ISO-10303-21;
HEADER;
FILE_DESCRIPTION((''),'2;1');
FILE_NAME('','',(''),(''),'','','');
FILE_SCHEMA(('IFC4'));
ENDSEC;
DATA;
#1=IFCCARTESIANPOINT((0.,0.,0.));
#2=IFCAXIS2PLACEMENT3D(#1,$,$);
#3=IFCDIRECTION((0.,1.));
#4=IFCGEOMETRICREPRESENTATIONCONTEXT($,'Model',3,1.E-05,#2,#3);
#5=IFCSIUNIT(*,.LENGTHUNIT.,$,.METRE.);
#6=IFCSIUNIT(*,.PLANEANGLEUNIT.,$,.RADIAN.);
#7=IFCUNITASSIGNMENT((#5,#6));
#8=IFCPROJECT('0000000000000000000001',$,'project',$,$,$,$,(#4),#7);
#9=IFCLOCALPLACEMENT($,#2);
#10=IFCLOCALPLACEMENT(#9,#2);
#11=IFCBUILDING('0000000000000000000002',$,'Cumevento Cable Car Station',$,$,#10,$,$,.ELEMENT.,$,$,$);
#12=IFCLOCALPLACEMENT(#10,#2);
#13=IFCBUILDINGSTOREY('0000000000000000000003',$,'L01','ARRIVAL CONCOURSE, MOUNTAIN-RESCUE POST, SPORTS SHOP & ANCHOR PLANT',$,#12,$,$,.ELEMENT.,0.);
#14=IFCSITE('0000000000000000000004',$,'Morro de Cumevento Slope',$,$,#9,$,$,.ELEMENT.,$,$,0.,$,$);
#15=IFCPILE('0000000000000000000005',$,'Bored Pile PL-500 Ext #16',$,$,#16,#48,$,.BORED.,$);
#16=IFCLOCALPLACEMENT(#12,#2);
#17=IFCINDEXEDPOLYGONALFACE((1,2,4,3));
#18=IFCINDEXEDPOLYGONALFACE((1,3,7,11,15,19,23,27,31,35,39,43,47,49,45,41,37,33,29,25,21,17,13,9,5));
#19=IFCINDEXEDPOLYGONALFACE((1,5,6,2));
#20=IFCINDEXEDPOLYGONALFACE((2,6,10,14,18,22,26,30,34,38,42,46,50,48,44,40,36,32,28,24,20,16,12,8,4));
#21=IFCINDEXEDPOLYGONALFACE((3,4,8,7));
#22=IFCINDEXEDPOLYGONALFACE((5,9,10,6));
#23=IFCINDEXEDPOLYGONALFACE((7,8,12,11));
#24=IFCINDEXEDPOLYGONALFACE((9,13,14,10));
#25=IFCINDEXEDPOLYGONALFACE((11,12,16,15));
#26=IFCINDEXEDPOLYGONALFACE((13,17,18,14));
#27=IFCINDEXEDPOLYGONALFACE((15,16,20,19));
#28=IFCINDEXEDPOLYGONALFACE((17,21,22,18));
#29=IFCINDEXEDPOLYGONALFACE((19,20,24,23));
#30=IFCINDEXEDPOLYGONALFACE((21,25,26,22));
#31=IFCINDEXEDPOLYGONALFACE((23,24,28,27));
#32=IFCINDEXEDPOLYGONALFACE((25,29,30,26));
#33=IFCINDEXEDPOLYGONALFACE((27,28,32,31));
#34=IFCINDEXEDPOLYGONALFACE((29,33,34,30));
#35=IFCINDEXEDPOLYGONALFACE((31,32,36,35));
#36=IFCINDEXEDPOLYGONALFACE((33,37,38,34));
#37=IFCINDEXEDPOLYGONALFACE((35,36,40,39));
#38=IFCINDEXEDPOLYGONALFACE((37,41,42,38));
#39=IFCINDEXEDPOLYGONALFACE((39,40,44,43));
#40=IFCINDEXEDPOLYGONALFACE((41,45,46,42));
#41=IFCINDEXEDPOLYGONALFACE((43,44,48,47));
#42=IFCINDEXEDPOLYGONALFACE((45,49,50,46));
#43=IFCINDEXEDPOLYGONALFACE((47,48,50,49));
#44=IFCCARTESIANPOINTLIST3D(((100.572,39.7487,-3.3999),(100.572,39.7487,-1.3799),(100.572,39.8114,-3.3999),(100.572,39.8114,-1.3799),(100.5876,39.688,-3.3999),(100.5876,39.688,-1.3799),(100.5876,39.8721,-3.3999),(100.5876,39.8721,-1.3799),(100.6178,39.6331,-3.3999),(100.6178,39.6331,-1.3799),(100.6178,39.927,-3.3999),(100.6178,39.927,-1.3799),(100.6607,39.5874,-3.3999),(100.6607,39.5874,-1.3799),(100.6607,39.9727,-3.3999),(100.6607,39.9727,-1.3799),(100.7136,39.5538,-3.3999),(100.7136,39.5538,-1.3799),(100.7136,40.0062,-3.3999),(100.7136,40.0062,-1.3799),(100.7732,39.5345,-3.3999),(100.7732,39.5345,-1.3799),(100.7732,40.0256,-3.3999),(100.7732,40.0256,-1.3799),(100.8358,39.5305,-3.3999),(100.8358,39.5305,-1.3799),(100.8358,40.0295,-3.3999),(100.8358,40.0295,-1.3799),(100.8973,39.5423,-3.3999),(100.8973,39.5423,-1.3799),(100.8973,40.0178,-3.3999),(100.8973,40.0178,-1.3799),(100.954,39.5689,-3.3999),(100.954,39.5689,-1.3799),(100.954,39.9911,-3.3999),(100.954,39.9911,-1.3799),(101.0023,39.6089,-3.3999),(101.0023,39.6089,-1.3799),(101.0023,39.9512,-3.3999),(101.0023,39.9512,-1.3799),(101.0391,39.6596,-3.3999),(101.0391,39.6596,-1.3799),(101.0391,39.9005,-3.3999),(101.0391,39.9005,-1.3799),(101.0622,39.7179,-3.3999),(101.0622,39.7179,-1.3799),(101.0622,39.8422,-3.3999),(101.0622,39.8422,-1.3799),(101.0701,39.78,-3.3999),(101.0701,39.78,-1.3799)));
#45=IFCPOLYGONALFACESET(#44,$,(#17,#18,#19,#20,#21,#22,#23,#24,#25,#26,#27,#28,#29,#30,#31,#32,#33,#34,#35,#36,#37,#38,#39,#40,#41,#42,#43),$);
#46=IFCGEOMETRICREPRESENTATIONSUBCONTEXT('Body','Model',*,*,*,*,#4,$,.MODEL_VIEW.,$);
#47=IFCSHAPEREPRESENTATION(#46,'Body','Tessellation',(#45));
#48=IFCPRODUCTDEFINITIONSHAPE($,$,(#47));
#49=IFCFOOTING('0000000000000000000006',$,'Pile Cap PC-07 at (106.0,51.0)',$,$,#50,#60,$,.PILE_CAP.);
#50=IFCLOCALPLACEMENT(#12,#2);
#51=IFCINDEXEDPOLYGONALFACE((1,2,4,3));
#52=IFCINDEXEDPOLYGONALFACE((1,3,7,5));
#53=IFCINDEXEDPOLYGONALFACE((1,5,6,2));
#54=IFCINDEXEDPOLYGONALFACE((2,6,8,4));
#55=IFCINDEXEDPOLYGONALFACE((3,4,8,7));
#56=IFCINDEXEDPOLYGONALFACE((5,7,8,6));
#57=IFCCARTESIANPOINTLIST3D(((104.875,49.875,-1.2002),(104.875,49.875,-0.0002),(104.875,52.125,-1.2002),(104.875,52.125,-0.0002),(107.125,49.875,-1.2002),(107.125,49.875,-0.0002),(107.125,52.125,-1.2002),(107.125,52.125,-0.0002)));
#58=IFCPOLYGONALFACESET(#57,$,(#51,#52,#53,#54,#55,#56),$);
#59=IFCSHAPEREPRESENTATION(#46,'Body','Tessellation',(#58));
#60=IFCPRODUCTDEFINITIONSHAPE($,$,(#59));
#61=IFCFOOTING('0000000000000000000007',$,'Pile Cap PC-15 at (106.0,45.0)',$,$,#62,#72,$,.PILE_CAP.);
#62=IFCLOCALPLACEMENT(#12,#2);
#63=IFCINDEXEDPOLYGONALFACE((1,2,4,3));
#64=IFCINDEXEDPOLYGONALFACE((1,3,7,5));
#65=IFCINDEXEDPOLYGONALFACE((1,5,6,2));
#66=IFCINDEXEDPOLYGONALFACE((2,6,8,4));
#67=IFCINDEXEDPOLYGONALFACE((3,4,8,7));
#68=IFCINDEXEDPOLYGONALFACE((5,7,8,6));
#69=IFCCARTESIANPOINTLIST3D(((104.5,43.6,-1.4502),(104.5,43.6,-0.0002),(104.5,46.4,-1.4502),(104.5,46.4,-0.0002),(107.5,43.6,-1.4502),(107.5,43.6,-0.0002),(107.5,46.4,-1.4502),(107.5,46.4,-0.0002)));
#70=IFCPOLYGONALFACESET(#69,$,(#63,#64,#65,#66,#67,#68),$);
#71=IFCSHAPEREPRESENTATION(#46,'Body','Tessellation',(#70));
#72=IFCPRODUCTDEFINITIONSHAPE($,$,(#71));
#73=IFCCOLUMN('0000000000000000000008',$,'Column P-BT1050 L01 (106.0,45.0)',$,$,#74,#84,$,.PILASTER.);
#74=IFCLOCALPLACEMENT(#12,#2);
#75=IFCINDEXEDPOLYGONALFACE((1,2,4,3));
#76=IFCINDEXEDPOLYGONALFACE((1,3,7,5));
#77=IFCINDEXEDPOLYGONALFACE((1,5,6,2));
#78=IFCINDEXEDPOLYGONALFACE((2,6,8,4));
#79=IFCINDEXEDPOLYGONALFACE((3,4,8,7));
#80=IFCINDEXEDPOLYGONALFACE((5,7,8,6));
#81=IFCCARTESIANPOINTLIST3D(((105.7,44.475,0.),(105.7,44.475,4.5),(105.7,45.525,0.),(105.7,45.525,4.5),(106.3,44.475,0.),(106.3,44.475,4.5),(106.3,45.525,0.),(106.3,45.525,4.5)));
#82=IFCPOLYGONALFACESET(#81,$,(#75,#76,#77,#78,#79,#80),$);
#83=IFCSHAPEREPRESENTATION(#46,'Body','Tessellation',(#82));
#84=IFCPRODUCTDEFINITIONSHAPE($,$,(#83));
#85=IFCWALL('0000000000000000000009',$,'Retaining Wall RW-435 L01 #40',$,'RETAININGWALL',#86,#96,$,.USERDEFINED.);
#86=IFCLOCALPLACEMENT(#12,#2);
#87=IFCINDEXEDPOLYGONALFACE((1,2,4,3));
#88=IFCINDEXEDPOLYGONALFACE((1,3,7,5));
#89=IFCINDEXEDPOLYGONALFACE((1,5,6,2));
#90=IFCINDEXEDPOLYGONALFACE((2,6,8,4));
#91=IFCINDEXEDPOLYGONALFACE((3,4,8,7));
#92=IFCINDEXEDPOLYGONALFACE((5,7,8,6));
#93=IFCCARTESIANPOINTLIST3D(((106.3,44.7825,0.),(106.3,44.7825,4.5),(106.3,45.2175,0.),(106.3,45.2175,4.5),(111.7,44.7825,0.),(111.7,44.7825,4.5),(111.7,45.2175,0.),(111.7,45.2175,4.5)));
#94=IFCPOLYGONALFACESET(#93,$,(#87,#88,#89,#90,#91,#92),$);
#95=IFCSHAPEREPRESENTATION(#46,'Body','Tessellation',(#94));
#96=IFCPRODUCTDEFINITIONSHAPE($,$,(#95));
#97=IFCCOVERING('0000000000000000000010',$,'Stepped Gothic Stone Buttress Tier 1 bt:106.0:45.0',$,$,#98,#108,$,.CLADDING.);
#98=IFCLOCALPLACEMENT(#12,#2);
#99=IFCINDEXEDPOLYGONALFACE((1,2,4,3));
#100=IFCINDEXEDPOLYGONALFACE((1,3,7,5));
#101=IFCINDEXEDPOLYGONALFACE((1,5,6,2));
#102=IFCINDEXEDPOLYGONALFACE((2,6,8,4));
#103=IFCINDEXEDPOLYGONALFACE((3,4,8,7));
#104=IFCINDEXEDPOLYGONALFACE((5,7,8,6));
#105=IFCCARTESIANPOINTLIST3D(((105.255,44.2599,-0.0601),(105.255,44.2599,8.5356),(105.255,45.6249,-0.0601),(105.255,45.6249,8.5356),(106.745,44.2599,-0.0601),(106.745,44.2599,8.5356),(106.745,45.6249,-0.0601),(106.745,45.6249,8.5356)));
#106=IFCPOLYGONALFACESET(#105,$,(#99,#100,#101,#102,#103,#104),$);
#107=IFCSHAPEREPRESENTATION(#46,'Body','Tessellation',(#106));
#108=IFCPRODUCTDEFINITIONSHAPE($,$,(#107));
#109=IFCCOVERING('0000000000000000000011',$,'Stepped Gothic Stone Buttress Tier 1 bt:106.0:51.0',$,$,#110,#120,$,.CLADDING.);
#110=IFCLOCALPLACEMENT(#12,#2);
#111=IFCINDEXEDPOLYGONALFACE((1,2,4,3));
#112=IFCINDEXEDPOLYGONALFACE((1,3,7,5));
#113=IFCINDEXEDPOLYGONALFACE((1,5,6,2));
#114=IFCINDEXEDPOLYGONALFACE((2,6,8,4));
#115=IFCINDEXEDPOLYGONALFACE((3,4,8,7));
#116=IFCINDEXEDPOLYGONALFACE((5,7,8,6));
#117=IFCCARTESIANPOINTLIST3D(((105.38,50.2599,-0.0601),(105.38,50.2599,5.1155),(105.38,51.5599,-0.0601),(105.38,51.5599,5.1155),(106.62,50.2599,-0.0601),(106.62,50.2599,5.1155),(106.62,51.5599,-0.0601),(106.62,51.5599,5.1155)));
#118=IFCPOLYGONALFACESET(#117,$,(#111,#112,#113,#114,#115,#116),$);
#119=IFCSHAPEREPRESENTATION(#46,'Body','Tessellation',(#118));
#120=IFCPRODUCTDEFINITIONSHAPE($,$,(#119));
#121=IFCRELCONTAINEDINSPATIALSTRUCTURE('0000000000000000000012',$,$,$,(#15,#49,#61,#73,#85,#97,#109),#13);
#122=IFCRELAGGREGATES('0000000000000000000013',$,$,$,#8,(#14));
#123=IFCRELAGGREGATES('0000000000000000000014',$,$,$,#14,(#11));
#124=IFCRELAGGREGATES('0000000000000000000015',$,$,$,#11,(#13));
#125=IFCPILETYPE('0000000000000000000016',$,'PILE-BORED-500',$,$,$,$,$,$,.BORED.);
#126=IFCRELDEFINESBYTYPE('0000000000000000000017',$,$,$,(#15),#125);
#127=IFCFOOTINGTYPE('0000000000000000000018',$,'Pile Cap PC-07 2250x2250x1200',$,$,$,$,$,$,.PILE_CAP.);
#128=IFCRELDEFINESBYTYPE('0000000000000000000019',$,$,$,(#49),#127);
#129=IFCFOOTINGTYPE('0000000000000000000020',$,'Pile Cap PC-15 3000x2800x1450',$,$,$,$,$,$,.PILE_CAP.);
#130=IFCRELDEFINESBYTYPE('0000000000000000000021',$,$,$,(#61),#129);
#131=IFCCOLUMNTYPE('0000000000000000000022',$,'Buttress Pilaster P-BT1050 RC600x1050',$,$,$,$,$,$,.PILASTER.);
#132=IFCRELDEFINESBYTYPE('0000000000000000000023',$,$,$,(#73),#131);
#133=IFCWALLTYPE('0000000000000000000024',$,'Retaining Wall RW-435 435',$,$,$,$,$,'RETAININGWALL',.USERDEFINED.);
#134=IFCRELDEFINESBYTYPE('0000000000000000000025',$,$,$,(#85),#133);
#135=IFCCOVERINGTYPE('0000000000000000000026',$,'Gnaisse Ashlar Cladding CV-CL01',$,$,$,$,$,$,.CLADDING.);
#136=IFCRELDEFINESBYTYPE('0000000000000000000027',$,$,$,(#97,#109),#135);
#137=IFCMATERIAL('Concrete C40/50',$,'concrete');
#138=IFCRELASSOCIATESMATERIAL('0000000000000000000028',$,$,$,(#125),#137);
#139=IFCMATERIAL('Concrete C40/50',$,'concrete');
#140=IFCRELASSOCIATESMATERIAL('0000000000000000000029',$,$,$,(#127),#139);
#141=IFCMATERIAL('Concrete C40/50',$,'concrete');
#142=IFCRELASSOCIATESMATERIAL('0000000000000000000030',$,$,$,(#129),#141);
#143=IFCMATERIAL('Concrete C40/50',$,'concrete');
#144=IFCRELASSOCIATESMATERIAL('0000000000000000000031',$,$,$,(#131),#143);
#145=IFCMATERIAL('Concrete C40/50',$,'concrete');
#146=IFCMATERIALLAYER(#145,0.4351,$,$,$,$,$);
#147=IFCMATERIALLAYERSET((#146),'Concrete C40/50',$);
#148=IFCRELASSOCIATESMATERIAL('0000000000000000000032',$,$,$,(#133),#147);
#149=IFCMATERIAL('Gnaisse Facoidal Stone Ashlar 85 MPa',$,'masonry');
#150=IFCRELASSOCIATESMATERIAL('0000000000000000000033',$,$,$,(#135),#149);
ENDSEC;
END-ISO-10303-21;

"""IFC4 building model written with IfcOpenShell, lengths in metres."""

from ifc_helpers import new_model, si_unit, direction, frame, frame_2d, origin, origin_2d, place, context, subcontext, project, spatial, rectangle, circle, extrude, material, layer, layer_set, material_profile, profile_set, type_object, element, save


model = new_model("IFC4")

# Units and contexts
model_context = context("Model", 3, precision=1e-05, world=origin(), true_north=direction((0.0, 1.0)))
body_context = subcontext(model_context, "Body", "Model", "MODEL_VIEW")
ifc_project = project(units=[si_unit("LENGTHUNIT", "METRE"), si_unit("PLANEANGLEUNIT", "RADIAN")], contexts=[model_context])

# Site, building, storey
site_placement = place(None, origin())
site = spatial("IfcSite", under=ifc_project, at=site_placement, Name="Morro de Cumevento Slope", CompositionType="ELEMENT", RefElevation=0.0)
building_placement = place(site_placement, origin())
building = spatial("IfcBuilding", under=site, at=building_placement, Name="Cumevento Cable Car Station", CompositionType="ELEMENT")
storey_placement = place(building_placement, origin())
storey = spatial("IfcBuildingStorey", under=building, at=storey_placement, Name="L01", Description="ARRIVAL CONCOURSE, MOUNTAIN-RESCUE POST, SPORTS SHOP & ANCHOR PLANT", CompositionType="ELEMENT", Elevation=0.0)

# Pile
ifc_material_1 = material(Name="Concrete C40/50", Category="concrete")
ifc_material_profile_1 = material_profile(ifc_material_1, circle(Radius=0.25, at=origin_2d()), Name="PILE-D500")
ifc_profile_set_1 = profile_set([ifc_material_profile_1], Name="Concrete C40/50")
pile_type_1 = type_object("IfcPileType", Name="PILE-BORED-500", PredefinedType="BORED", material=ifc_profile_set_1)
pile_1_placement = place(storey_placement, frame((100.8201, 39.78, -1.3799), z_axis=(0.0, 0.0, -1.0), x_axis=(1.0, 0.0, 0.0)))
element("IfcPile", 1, at=pile_1_placement, inside=storey, type_object=pile_type_1, Name="Bored Pile PL-500 Ext #16", PredefinedType="BORED", context=body_context, shape_type="SweptSolid", body=[
    extrude(circle(Radius=0.25, at=origin_2d()), origin(), (0.0, 0.0, 1.0), 2.02),
])

# Footings
ifc_material_2 = material(Name="Concrete C40/50", Category="concrete")
footing_type_1 = type_object("IfcFootingType", Name="Pile Cap PC-07 2250x2250x1200", PredefinedType="PILE_CAP", material=ifc_material_2)
footing_1_placement = place(storey_placement, frame((106.0, 51.0, -1.2002), z_axis=(0.0, 0.0, 1.0), x_axis=(1.0, 0.0, 0.0)))
element("IfcFooting", 2, at=footing_1_placement, inside=storey, type_object=footing_type_1, Name="Pile Cap PC-07 at (106.0,51.0)", PredefinedType="PILE_CAP", context=body_context, shape_type="SweptSolid", body=[
    extrude(rectangle(XDim=2.25, YDim=2.25, at=origin_2d()), origin(), (0.0, 0.0, 1.0), 1.2),
])
ifc_material_3 = material(Name="Concrete C40/50", Category="concrete")
footing_type_2 = type_object("IfcFootingType", Name="Pile Cap PC-15 3000x2800x1450", PredefinedType="PILE_CAP", material=ifc_material_3)
footing_2_placement = place(storey_placement, frame((106.0, 45.0, -1.4502), z_axis=(0.0, 0.0, 1.0), x_axis=(1.0, 0.0, 0.0)))
element("IfcFooting", 3, at=footing_2_placement, inside=storey, type_object=footing_type_2, Name="Pile Cap PC-15 at (106.0,45.0)", PredefinedType="PILE_CAP", context=body_context, shape_type="SweptSolid", body=[
    extrude(rectangle(XDim=3.0, YDim=2.8, at=origin_2d()), origin(), (0.0, 0.0, 1.0), 1.45),
])

# Column
ifc_material_4 = material(Name="Concrete C40/50", Category="concrete")
ifc_material_profile_2 = material_profile(ifc_material_4, rectangle(XDim=0.6001, YDim=1.05, at=origin_2d()), Name="RC600x1050")
ifc_profile_set_2 = profile_set([ifc_material_profile_2], Name="Concrete C40/50")
column_type = type_object("IfcColumnType", Name="Buttress Pilaster P-BT1050 RC600x1050", PredefinedType="PILASTER", material=ifc_profile_set_2)
column_placement = place(storey_placement, frame((106.0, 45.0, 0.0), z_axis=(0.0, 0.0, 1.0), x_axis=(1.0, 0.0, 0.0)))
element("IfcColumn", 4, at=column_placement, inside=storey, type_object=column_type, Name="Column P-BT1050 L01 (106.0,45.0)", PredefinedType="PILASTER", context=body_context, shape_type="SweptSolid", body=[
    extrude(rectangle(XDim=0.6001, YDim=1.05, at=origin_2d()), origin(), (0.0, 0.0, 1.0), 4.5),
])

# Wall
ifc_material_5 = material(Name="Concrete C40/50", Category="concrete")
ifc_layer = layer(ifc_material_5, 0.4351)
ifc_layer_set = layer_set([ifc_layer], Name="Concrete C40/50")
wall_type = type_object("IfcWallType", Name="Retaining Wall RW-435 435", ElementType="RETAININGWALL", PredefinedType="USERDEFINED", material=ifc_layer_set)
wall_placement = place(storey_placement, frame((106.3, 45.0, 0.0), z_axis=(0.0, 0.0, 1.0), x_axis=(1.0, 0.0, 0.0)))
element("IfcWall", 5, at=wall_placement, inside=storey, type_object=wall_type, Name="Retaining Wall RW-435 L01 #40", ObjectType="RETAININGWALL", PredefinedType="USERDEFINED", context=body_context, shape_type="SweptSolid", body=[
    extrude(rectangle(XDim=5.3999, YDim=0.4351, at=frame_2d((2.7, 0.0))), origin(), (0.0, 0.0, 1.0), 4.5),
])

# Coverings
ifc_material_6 = material(Name="Gnaisse Facoidal Stone Ashlar 85 MPa", Category="masonry")
covering_type = type_object("IfcCoveringType", Name="Gnaisse Ashlar Cladding CV-CL01", PredefinedType="CLADDING", material=ifc_material_6)
covering_1_placement = place(storey_placement, frame((106.0, 44.9424, -0.0601), z_axis=(0.0, 0.0, 1.0), x_axis=(1.0, 0.0, 0.0)))
element("IfcCovering", 6, at=covering_1_placement, inside=storey, type_object=covering_type, Name="Stepped Gothic Stone Buttress Tier 1 bt:106.0:45.0", PredefinedType="CLADDING", context=body_context, shape_type="SweptSolid", body=[
    extrude(rectangle(XDim=1.49, YDim=1.365, at=origin_2d()), origin(), (0.0, 0.0, 1.0), 8.5957),
])
covering_2_placement = place(storey_placement, frame((106.0, 50.9099, -0.0601), z_axis=(0.0, 0.0, 1.0), x_axis=(1.0, 0.0, 0.0)))
element("IfcCovering", 7, at=covering_2_placement, inside=storey, type_object=covering_type, Name="Stepped Gothic Stone Buttress Tier 1 bt:106.0:51.0", PredefinedType="CLADDING", context=body_context, shape_type="SweptSolid", body=[
    extrude(rectangle(XDim=1.24, YDim=1.3, at=origin_2d()), origin(), (0.0, 0.0, 1.0), 5.1755),
])

save(model, "model.ifc")
